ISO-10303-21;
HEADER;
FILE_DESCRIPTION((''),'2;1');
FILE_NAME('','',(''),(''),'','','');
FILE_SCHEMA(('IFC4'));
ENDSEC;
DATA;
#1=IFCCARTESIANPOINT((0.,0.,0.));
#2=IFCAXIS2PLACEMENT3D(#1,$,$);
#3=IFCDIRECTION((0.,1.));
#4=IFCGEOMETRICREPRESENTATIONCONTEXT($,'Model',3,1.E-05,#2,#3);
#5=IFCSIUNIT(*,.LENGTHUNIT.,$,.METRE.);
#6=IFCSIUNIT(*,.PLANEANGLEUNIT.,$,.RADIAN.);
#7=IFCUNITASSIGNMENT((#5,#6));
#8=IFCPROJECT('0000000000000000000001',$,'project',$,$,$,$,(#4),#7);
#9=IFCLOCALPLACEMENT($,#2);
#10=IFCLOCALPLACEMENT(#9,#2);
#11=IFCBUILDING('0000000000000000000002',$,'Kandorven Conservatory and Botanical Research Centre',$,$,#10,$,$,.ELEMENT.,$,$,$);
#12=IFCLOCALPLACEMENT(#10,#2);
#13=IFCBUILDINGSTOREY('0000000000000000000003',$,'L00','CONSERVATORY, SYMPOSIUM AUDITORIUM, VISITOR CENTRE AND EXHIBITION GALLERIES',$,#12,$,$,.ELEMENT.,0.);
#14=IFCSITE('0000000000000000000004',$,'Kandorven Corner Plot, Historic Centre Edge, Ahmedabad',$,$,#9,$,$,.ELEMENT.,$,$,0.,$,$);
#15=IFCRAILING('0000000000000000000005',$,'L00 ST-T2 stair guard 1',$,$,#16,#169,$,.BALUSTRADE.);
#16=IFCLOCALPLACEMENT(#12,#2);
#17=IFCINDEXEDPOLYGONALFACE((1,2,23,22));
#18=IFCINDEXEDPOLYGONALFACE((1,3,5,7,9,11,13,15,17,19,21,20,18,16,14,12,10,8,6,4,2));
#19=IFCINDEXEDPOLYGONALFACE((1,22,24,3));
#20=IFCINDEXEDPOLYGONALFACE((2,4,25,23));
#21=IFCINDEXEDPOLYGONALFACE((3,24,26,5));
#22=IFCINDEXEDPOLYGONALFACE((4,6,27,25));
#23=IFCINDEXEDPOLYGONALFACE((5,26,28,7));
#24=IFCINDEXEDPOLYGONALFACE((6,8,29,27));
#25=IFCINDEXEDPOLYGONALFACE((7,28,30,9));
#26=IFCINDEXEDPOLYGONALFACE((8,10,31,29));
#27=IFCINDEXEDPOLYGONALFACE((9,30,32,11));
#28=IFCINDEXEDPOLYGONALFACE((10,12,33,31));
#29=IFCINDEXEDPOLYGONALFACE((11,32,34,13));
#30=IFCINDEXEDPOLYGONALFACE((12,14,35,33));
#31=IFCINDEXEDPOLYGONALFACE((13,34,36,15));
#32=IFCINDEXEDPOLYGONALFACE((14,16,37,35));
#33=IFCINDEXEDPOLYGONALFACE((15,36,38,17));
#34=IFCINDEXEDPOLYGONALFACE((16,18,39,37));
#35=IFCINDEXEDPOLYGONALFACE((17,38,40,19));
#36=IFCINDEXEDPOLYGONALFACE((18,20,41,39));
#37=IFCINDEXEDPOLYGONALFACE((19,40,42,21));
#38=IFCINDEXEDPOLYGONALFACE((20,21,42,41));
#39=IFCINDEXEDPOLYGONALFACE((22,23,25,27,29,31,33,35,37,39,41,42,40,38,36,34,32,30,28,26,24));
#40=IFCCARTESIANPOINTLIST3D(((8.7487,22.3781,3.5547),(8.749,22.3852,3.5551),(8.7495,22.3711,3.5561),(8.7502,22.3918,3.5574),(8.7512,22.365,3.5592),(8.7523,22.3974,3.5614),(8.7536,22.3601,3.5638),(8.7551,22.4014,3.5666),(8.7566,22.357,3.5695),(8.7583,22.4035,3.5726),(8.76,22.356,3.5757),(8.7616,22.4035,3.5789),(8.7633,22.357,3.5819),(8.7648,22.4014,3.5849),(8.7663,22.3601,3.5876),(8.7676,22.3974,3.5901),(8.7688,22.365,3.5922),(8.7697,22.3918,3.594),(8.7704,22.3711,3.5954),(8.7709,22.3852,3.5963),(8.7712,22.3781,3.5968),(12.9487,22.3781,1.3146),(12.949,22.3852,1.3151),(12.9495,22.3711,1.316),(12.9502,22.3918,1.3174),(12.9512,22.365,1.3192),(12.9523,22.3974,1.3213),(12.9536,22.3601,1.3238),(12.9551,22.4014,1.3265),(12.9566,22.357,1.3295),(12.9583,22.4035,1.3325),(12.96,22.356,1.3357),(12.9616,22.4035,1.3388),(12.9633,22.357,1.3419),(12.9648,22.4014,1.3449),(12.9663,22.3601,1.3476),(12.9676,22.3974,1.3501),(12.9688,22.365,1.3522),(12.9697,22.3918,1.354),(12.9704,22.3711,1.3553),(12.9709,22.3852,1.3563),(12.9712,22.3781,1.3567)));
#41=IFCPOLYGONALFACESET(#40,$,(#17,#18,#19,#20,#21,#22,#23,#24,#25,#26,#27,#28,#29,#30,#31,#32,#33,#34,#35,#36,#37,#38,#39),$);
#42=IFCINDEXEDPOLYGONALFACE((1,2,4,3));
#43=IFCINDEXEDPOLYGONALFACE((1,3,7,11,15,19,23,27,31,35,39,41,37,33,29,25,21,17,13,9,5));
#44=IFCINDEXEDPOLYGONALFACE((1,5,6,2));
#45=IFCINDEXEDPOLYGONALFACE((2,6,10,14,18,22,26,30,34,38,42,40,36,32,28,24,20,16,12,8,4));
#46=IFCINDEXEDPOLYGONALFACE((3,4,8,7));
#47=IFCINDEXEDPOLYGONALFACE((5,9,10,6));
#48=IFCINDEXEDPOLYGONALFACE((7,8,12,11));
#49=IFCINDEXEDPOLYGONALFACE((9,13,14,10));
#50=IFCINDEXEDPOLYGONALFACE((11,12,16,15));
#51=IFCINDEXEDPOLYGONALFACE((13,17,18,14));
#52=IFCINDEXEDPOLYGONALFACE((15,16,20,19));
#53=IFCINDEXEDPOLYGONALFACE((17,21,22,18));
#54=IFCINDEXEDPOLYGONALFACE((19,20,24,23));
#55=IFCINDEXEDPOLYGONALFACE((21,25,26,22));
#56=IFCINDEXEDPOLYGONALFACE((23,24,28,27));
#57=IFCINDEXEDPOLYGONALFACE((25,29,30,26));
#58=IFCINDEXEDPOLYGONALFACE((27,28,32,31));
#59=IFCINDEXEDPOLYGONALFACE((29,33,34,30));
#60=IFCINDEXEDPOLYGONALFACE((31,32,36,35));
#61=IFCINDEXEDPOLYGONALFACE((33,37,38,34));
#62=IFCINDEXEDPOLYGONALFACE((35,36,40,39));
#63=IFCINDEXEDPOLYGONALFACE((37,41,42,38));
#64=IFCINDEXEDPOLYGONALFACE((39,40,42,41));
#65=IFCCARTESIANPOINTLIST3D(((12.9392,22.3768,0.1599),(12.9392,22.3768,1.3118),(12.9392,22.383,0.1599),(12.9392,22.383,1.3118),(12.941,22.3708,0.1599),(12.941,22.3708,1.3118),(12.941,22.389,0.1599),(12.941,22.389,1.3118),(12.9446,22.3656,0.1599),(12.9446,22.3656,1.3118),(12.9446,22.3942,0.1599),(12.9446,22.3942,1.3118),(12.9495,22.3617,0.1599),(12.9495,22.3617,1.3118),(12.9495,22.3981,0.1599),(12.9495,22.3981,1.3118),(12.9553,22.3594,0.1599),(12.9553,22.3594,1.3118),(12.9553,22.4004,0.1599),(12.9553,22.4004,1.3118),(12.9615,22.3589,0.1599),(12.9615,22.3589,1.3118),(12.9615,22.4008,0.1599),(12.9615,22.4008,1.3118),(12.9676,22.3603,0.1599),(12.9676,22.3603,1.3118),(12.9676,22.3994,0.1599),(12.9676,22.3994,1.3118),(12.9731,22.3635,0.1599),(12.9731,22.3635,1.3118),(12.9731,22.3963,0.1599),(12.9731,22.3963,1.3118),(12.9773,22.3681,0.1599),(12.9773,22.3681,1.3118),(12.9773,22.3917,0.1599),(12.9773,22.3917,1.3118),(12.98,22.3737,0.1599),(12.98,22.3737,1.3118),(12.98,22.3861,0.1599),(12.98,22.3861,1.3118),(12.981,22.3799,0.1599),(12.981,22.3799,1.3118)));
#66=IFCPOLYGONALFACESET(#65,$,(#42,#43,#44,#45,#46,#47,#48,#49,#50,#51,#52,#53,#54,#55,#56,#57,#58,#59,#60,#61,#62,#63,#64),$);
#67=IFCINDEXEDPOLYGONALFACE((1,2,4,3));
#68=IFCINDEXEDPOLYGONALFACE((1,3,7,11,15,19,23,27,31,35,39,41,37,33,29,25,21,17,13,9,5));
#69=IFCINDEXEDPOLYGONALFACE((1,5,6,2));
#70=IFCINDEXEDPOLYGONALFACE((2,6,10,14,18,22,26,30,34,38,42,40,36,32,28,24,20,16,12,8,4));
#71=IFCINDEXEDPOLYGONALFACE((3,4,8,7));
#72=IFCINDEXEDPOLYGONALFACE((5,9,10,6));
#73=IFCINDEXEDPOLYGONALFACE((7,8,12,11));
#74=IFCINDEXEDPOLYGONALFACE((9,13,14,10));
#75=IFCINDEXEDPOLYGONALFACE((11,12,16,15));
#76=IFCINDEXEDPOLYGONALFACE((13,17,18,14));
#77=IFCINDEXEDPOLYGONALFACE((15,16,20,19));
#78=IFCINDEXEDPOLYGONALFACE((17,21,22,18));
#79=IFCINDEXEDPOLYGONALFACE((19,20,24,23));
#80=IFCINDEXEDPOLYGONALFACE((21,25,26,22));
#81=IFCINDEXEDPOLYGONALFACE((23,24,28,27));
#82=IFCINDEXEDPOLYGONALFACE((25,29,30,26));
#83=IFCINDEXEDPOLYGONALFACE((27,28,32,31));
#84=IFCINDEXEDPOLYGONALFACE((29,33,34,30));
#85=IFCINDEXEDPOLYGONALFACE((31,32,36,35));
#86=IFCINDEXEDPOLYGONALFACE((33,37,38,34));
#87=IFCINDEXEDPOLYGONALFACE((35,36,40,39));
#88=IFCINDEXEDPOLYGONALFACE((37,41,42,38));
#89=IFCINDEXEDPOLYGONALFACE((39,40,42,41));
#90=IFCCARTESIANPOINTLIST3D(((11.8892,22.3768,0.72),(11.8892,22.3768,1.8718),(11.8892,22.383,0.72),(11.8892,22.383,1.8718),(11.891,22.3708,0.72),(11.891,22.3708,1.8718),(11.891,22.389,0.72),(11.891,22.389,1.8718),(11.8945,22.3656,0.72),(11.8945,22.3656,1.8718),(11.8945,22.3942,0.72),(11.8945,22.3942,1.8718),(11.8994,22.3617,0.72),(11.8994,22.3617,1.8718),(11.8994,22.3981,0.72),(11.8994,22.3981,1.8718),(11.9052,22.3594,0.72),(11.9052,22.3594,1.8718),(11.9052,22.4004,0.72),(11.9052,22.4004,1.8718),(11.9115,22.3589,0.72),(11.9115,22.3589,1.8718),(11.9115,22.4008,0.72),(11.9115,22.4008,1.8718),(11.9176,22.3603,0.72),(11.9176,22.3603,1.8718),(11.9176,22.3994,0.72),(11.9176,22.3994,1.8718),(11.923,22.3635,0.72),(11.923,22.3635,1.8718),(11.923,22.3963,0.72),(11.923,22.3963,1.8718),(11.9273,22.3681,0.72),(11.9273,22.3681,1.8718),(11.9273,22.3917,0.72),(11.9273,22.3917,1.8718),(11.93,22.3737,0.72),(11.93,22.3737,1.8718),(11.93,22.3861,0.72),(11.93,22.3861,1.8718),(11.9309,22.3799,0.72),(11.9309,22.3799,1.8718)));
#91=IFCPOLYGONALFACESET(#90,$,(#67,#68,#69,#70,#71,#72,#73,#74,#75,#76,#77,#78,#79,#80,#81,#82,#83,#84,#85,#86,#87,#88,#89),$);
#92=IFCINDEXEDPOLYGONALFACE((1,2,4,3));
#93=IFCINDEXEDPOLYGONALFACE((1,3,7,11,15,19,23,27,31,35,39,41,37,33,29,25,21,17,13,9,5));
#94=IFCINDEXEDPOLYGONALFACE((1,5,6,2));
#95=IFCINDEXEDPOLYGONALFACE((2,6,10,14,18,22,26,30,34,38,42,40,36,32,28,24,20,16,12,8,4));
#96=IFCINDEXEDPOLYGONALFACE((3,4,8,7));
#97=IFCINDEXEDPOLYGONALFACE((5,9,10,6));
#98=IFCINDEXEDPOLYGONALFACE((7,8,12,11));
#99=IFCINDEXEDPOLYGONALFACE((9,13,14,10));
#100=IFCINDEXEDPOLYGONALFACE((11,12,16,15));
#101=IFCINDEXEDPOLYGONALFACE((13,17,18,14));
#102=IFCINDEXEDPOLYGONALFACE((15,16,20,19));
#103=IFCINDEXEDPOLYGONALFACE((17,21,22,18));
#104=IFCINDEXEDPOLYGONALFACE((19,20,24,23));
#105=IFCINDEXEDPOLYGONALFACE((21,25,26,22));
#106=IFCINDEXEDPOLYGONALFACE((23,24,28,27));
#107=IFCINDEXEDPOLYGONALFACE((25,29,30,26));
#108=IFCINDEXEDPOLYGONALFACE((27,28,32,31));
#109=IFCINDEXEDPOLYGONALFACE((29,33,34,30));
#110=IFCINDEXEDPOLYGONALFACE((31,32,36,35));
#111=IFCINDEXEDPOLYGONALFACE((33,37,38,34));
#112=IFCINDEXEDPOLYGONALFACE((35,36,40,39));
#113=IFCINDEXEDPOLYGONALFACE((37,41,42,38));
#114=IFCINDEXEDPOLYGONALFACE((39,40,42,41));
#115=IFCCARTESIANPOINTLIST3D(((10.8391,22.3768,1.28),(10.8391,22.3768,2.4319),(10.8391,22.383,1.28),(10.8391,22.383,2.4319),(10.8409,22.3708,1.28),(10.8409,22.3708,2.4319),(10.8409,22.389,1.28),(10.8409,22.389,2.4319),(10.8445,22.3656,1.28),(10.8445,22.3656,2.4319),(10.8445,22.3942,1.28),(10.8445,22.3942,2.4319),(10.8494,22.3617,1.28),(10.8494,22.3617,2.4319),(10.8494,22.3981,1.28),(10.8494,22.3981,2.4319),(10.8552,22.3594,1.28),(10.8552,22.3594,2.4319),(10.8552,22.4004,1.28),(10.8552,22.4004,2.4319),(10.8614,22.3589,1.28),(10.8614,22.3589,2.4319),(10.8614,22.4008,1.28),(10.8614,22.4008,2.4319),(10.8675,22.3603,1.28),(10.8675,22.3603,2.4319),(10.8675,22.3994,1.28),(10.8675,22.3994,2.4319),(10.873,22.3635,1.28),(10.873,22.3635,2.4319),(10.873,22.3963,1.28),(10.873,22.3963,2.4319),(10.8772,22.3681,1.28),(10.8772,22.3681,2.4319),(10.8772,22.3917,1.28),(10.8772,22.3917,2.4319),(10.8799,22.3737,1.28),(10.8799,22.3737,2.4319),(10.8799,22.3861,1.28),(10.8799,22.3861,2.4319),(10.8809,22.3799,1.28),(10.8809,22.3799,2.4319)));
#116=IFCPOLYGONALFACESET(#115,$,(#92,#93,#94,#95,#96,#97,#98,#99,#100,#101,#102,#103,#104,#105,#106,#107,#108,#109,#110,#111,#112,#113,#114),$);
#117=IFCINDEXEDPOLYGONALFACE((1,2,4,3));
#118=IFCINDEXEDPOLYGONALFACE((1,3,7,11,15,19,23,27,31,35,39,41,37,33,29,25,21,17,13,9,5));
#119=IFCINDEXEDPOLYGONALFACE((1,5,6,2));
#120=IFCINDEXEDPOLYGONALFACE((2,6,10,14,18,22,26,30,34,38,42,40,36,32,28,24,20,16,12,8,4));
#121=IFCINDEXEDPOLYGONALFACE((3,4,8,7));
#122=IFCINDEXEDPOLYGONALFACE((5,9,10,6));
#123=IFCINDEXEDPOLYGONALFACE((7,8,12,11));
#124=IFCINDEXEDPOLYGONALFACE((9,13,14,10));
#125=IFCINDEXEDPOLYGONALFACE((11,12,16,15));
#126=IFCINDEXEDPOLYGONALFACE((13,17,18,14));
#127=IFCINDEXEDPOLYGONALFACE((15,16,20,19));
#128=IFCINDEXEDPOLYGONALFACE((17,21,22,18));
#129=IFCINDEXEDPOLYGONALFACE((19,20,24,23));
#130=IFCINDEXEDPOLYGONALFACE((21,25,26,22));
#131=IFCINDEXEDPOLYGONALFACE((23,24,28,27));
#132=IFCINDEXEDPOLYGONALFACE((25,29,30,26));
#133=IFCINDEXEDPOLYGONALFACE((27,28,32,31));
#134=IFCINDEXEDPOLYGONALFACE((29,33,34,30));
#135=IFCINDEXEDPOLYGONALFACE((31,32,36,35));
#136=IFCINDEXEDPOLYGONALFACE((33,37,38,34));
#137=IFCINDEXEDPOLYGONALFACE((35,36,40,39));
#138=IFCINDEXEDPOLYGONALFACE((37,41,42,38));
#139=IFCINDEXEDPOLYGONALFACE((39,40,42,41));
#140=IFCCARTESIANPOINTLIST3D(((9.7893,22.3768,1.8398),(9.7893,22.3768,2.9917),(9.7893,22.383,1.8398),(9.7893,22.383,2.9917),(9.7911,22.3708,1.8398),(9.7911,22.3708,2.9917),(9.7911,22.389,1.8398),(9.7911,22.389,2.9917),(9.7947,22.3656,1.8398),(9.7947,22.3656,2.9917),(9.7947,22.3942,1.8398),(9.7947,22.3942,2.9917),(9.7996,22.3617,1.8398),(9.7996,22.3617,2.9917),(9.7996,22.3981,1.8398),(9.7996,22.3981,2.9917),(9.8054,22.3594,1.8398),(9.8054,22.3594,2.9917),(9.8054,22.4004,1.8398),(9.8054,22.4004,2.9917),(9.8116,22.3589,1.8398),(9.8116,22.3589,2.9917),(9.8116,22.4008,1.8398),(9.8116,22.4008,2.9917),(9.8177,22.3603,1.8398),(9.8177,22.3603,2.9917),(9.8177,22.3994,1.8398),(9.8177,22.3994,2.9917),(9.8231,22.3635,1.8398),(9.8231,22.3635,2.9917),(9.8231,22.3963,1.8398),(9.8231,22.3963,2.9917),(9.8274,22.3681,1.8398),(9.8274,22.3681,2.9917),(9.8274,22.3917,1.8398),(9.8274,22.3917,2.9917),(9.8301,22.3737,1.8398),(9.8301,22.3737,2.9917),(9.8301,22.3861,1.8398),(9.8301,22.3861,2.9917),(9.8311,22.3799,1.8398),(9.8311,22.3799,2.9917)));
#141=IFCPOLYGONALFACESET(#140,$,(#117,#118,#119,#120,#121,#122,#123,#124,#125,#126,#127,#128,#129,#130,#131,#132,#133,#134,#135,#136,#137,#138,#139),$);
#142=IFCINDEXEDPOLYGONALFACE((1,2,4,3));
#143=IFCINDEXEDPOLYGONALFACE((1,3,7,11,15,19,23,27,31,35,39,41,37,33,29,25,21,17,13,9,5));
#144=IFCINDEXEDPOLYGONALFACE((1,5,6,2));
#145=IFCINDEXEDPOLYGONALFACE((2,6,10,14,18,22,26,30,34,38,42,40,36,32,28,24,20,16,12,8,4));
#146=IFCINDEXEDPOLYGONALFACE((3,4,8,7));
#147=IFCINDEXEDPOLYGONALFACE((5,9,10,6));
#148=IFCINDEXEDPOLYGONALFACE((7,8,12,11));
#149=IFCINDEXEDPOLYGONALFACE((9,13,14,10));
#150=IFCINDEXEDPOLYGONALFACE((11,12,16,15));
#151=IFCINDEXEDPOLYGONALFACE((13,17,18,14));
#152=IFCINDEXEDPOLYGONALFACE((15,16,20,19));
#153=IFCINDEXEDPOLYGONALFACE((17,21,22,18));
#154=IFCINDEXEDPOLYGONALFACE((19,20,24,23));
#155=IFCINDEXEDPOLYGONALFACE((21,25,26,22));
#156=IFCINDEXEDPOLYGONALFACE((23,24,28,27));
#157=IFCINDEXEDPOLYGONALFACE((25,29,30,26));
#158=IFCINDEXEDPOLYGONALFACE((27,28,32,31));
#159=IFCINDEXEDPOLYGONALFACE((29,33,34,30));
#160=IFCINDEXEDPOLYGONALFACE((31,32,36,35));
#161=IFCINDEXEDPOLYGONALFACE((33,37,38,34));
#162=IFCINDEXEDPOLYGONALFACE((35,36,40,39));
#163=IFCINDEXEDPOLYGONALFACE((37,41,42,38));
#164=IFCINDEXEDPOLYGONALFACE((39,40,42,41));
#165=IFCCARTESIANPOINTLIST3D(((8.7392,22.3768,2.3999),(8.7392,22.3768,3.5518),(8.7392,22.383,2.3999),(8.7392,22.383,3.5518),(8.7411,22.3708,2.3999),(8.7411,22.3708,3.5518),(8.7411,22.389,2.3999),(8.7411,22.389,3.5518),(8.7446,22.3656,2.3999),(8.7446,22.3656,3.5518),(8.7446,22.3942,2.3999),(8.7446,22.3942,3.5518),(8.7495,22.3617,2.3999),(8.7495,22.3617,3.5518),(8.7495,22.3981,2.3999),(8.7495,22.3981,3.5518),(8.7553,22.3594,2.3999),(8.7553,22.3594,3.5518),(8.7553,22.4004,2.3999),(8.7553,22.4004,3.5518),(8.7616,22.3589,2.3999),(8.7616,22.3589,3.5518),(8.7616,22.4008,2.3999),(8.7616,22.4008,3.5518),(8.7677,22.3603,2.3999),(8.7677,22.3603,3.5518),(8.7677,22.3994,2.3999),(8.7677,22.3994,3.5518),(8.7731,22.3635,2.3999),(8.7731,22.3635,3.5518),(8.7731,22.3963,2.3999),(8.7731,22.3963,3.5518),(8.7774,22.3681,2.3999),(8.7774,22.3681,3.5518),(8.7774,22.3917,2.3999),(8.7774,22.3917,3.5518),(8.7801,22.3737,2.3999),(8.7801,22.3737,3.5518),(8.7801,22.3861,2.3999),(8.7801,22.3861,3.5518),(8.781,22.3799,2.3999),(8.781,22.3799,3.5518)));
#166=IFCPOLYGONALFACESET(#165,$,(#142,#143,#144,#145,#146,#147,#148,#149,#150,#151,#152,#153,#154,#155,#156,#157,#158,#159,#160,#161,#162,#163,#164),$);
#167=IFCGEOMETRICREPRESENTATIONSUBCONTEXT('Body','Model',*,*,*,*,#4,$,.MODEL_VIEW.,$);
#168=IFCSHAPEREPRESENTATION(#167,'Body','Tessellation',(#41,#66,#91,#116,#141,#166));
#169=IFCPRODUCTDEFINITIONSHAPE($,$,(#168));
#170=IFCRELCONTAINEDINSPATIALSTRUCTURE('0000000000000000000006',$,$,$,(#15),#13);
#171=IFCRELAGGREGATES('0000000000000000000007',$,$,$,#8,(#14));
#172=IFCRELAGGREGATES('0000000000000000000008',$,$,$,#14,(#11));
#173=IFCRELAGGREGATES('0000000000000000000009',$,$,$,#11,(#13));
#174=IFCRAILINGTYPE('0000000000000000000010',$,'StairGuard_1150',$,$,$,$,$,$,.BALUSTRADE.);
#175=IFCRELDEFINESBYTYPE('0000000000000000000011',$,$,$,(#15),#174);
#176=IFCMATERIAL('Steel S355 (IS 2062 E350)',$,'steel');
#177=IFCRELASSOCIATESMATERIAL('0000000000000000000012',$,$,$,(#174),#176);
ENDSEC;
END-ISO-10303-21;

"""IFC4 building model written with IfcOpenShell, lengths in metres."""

from ifc_helpers import new_model, si_unit, direction, frame, origin, origin_2d, place, context, subcontext, project, spatial, circle, extrude, material, type_object, element, save


model = new_model("IFC4")

# Units and contexts
model_context = context("Model", 3, precision=1e-05, world=origin(), true_north=direction((0.0, 1.0)))
body_context = subcontext(model_context, "Body", "Model", "MODEL_VIEW")
ifc_project = project(units=[si_unit("LENGTHUNIT", "METRE"), si_unit("PLANEANGLEUNIT", "RADIAN")], contexts=[model_context])

# Site, building, storey
site_placement = place(None, origin())
site = spatial("IfcSite", under=ifc_project, at=site_placement, Name="Kandorven Corner Plot, Historic Centre Edge, Ahmedabad", CompositionType="ELEMENT", RefElevation=0.0)
building_placement = place(site_placement, origin())
building = spatial("IfcBuilding", under=site, at=building_placement, Name="Kandorven Conservatory and Botanical Research Centre", CompositionType="ELEMENT")
storey_placement = place(building_placement, origin())
storey = spatial("IfcBuildingStorey", under=building, at=storey_placement, Name="L00", Description="CONSERVATORY, SYMPOSIUM AUDITORIUM, VISITOR CENTRE AND EXHIBITION GALLERIES", CompositionType="ELEMENT", Elevation=0.0)

# Railing
ifc_material_1 = material(Name="Steel S355 (IS 2062 E350)", Category="steel")
railing_type_1 = type_object("IfcRailingType", Name="StairGuard_1150", PredefinedType="BALUSTRADE", material=ifc_material_1)
railing_1_placement = place(storey_placement, frame((12.96, 22.3799, 0.1599)))
element("IfcRailing", 1, at=railing_1_placement, inside=storey, type_object=railing_type_1, Name="L00 ST-T2 stair guard 1", PredefinedType="BALUSTRADE", context=body_context, shape_type="SweptSolid", body=[
    extrude(circle(Radius=0.0239, at=origin_2d()), frame((0.0, 0.0, 1.1758), z_axis=(-0.882352, 0.0, 0.470591), x_axis=(0.0, -1.0, 0.0)), (0.0, 0.0, 1.0), 4.76),
    extrude(circle(Radius=0.021, at=origin_2d()), origin(), (0.0, 0.0, 1.0), 1.1519),
    extrude(circle(Radius=0.021, at=origin_2d()), frame((-1.05, 0.0, 0.5601)), (0.0, 0.0, 1.0), 1.1519),
    extrude(circle(Radius=0.021, at=origin_2d()), frame((-2.1001, 0.0, 1.1201)), (0.0, 0.0, 1.0), 1.1519),
    extrude(circle(Radius=0.021, at=origin_2d()), frame((-3.1499, 0.0, 1.6799)), (0.0, 0.0, 1.0), 1.1519),
    extrude(circle(Radius=0.021, at=origin_2d()), frame((-4.2, 0.0, 2.24)), (0.0, 0.0, 1.0), 1.1519),
])

save(model, "model.ifc")
